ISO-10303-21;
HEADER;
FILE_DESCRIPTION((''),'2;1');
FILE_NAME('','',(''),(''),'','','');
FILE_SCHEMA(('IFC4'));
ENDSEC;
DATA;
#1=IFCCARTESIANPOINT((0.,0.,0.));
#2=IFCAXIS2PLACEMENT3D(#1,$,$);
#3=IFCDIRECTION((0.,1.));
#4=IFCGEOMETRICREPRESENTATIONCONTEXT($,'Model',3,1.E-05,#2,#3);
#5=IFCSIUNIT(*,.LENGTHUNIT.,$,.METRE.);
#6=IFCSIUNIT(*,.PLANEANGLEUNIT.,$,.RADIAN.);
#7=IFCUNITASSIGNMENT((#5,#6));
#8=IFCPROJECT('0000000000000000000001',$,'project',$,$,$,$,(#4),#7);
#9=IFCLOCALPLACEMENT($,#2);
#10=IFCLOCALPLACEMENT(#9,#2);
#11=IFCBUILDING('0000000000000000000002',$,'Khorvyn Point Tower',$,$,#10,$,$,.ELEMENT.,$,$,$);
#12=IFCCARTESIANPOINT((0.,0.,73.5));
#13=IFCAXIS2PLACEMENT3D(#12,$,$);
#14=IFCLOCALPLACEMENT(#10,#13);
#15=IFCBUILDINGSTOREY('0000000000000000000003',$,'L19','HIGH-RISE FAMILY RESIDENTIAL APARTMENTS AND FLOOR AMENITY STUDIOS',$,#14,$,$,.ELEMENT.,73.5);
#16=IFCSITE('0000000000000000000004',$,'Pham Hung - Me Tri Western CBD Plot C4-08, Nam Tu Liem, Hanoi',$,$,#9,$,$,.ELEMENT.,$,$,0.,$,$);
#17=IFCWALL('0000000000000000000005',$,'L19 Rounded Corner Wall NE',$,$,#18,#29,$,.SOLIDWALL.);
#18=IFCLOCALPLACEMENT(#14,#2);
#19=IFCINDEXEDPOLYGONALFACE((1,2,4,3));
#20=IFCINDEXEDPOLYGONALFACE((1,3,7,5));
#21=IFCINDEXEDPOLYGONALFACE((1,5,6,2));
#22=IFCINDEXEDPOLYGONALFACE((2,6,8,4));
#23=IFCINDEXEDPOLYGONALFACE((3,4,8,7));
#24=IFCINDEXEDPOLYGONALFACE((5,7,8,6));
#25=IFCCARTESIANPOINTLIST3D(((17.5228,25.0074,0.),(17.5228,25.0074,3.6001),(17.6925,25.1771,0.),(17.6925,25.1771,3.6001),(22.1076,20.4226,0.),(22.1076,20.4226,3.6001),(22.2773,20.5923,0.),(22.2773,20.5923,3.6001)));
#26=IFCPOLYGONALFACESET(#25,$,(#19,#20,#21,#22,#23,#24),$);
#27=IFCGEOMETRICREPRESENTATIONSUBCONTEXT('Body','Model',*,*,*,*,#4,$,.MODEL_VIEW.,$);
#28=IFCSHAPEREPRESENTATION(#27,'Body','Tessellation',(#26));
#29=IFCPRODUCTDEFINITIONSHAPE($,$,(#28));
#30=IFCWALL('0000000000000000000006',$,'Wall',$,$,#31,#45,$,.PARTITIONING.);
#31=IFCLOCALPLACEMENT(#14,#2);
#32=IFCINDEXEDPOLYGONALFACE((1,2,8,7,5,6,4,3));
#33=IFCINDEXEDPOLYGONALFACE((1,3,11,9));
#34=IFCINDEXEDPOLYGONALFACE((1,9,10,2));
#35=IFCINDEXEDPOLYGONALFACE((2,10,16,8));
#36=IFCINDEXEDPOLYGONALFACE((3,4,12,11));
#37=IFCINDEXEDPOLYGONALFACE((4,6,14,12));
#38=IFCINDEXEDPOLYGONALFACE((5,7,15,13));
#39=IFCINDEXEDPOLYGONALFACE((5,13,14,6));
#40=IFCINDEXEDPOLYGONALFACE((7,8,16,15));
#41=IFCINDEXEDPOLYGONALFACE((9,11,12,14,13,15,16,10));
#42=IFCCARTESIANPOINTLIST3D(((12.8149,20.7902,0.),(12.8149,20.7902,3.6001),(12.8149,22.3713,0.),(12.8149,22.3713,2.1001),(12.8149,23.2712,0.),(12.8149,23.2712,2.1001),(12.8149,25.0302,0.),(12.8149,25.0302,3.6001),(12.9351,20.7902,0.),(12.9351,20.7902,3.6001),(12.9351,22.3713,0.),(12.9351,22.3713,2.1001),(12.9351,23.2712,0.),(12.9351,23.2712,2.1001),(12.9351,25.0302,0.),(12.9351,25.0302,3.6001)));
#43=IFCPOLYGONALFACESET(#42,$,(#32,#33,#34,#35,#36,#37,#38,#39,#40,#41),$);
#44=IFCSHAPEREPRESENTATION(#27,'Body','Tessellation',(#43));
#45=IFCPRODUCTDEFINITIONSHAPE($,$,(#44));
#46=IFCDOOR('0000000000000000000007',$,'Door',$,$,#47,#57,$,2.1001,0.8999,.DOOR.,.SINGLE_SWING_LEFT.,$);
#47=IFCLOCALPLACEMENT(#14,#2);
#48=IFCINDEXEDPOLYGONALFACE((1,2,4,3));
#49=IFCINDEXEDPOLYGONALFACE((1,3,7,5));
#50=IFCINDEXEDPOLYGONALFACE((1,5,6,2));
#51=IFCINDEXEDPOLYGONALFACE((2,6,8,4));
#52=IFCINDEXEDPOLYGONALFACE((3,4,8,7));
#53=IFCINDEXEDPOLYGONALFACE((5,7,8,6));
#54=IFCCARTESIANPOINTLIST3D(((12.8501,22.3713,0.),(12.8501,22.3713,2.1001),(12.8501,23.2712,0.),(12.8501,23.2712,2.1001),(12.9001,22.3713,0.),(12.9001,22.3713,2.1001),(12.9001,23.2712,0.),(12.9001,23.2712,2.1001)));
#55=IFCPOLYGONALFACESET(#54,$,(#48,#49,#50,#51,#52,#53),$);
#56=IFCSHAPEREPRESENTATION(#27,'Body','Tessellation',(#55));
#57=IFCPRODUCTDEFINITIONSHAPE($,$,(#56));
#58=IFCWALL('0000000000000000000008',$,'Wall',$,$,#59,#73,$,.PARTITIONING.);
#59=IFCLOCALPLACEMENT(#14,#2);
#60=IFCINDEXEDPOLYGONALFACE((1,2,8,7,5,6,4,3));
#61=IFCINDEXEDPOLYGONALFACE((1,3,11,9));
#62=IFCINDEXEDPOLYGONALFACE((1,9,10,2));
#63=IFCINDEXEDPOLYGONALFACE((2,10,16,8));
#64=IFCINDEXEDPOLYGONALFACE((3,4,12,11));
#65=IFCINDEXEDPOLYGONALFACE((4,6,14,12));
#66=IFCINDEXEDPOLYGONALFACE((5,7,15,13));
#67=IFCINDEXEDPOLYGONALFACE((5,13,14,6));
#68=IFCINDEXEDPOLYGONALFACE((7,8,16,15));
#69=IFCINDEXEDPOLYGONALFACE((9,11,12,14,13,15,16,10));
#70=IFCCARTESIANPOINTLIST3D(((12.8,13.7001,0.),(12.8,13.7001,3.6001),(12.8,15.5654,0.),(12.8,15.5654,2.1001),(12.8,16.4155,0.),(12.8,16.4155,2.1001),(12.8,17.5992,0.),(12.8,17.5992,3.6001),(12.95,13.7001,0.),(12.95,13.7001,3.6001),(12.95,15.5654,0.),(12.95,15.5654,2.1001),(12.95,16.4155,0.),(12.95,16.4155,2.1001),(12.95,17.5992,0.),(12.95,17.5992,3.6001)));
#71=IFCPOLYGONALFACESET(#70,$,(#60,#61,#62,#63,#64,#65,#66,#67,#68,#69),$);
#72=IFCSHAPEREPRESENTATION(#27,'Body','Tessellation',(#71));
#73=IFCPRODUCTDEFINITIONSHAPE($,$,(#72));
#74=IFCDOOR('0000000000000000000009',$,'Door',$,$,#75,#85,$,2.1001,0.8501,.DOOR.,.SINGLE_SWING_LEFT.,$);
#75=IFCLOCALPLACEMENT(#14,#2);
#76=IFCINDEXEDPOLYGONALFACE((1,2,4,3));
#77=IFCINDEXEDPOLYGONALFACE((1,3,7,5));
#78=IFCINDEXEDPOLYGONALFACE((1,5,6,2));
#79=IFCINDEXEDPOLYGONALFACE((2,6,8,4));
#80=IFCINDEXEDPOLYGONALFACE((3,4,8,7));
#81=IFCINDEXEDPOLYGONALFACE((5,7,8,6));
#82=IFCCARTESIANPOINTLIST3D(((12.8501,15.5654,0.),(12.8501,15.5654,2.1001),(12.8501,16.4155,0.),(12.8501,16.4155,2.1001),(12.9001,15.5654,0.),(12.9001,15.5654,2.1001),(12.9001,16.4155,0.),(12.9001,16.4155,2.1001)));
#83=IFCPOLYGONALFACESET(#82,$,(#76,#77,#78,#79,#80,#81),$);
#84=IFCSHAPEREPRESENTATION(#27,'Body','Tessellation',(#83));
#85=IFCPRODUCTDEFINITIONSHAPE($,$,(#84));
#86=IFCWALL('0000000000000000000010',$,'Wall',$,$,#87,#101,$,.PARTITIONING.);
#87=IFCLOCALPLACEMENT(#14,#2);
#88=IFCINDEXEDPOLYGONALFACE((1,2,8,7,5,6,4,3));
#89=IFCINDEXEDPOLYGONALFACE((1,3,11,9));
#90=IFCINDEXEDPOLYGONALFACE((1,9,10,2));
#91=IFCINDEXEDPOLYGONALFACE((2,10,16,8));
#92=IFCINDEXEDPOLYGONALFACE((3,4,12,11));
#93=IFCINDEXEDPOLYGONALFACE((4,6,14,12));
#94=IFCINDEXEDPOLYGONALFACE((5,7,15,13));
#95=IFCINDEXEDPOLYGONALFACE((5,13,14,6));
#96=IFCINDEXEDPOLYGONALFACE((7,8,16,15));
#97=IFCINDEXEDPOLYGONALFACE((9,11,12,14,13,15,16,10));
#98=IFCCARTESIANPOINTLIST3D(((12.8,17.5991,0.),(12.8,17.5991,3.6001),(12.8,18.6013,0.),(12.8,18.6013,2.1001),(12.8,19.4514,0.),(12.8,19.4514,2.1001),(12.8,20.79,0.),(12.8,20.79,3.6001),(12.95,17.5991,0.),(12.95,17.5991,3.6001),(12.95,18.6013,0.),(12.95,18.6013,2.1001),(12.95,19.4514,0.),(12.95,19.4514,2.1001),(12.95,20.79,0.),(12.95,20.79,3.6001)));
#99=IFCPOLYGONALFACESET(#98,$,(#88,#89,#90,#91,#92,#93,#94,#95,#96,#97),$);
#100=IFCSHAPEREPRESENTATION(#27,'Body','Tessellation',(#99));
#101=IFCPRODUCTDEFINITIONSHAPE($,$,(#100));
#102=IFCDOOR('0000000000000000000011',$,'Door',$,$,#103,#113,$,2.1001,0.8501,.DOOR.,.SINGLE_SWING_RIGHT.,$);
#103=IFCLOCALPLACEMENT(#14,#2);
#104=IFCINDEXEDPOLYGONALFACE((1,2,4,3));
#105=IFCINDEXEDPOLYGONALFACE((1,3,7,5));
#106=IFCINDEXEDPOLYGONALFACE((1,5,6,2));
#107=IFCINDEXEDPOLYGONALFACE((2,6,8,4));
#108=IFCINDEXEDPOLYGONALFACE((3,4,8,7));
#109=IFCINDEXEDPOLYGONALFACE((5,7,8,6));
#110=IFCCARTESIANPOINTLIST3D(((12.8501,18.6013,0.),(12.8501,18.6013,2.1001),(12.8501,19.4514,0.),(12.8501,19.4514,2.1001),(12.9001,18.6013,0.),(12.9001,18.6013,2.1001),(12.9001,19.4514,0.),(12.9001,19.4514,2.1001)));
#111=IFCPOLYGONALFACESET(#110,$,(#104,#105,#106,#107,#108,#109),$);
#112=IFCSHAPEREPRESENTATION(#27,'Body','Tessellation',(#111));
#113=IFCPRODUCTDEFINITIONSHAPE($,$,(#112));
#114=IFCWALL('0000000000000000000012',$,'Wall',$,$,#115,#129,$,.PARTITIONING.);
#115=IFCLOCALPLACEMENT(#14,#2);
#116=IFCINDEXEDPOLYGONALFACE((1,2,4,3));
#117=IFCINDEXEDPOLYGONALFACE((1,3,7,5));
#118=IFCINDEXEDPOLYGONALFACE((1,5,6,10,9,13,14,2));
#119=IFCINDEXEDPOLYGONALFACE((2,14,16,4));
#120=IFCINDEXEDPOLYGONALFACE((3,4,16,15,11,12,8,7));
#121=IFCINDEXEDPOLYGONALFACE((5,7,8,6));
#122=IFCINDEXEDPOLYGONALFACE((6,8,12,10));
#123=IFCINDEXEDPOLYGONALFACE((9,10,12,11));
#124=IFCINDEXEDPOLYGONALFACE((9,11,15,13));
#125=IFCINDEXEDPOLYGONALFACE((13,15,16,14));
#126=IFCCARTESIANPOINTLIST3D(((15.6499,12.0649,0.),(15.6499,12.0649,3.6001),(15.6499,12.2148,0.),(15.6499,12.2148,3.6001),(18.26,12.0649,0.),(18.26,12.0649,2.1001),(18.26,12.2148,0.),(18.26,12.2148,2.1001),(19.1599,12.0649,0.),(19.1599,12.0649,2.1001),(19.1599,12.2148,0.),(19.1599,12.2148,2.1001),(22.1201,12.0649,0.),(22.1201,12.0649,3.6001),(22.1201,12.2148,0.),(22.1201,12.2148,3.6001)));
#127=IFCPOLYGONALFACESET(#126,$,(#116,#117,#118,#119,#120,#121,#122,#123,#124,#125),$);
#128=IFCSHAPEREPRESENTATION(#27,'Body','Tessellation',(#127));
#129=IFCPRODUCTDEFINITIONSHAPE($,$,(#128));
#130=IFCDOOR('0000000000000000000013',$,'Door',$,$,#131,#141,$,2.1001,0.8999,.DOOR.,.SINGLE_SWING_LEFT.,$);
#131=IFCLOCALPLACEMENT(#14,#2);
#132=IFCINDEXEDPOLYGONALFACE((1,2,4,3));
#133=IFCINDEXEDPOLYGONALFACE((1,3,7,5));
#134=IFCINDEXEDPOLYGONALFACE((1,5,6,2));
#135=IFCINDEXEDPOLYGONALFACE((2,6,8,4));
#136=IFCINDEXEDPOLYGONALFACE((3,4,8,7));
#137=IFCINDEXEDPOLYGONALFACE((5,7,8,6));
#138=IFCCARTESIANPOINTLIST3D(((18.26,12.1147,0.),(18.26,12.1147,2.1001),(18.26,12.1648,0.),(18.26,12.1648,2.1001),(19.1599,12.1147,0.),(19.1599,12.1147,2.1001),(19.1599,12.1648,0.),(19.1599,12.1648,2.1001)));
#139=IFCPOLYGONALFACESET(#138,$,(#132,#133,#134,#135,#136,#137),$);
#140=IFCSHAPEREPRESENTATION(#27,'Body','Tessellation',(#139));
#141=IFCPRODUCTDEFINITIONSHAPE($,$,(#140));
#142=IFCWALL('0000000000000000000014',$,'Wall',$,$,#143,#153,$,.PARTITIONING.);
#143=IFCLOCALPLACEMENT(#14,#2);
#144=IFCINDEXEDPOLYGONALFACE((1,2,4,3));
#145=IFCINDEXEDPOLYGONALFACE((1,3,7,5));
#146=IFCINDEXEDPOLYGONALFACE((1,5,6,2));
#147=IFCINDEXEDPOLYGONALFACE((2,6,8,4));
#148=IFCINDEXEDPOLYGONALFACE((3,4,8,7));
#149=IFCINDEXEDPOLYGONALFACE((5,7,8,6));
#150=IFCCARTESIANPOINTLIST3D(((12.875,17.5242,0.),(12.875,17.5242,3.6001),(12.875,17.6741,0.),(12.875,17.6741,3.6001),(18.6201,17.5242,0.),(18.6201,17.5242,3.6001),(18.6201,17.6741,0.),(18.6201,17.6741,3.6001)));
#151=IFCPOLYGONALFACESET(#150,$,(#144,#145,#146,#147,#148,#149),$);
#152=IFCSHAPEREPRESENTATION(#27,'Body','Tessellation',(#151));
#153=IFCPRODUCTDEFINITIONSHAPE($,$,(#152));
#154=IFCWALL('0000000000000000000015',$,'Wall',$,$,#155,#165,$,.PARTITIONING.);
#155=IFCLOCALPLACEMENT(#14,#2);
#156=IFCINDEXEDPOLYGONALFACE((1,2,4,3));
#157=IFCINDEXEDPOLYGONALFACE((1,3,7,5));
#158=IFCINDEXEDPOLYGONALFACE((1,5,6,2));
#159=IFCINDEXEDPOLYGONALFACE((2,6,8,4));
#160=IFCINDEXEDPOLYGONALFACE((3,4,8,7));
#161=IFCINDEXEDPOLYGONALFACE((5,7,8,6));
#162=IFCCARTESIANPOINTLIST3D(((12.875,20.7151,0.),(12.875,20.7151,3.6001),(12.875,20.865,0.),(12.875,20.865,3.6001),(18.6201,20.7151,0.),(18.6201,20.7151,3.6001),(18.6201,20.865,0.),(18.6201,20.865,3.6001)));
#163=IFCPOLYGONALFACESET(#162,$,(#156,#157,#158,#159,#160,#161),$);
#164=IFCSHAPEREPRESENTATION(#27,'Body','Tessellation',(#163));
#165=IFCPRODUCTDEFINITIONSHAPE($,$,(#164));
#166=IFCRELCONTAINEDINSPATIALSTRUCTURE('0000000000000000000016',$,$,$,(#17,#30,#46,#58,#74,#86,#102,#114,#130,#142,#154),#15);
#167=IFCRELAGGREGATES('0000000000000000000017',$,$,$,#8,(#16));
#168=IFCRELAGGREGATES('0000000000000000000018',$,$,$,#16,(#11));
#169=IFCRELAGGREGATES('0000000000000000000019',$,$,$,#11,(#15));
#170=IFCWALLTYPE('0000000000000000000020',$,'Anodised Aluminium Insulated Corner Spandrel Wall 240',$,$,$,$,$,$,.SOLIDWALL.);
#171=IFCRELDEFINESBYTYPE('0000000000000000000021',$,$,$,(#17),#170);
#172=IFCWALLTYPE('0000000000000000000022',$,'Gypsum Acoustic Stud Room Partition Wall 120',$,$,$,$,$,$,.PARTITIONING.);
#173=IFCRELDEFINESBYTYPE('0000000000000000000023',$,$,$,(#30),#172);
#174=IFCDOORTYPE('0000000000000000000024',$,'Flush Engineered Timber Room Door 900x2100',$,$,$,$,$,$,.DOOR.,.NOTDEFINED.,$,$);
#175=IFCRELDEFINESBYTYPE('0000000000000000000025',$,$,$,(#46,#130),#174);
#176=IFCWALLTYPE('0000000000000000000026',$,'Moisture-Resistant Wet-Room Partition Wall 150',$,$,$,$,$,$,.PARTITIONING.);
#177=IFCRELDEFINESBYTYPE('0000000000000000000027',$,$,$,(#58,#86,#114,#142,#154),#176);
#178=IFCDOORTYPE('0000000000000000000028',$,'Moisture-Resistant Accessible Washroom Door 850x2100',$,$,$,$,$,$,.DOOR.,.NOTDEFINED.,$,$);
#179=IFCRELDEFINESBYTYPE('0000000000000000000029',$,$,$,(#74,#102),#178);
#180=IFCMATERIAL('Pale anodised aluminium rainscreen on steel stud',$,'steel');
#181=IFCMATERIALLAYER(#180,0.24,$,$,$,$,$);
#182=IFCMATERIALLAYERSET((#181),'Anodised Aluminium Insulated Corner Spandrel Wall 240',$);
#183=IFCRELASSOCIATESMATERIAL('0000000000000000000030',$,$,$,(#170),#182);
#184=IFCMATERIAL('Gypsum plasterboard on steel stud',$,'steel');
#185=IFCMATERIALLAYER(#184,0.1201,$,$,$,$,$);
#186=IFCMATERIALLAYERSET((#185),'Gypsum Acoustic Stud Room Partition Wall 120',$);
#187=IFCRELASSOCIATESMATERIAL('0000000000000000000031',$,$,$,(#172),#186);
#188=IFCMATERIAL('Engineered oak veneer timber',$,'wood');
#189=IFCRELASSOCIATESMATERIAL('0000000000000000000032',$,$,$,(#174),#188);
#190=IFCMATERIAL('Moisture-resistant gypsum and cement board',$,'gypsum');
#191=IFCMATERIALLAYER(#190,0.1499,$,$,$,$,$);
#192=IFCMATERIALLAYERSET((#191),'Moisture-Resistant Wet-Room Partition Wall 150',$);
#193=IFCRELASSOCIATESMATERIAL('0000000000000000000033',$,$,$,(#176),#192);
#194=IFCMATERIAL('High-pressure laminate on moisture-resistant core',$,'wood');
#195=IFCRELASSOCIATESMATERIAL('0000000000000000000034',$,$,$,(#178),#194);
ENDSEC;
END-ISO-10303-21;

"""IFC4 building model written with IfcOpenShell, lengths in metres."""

from ifc_helpers import new_model, si_unit, direction, frame, frame_2d, origin, place, context, subcontext, project, spatial, rectangle, extrude, material, layer, layer_set, type_object, element, fill, save


model = new_model("IFC4")

# Units and contexts
model_context = context("Model", 3, precision=1e-05, world=origin(), true_north=direction((0.0, 1.0)))
body_context = subcontext(model_context, "Body", "Model", "MODEL_VIEW")
ifc_project = project(units=[si_unit("LENGTHUNIT", "METRE"), si_unit("PLANEANGLEUNIT", "RADIAN")], contexts=[model_context])

# Site, building, storey
site_placement = place(None, origin())
site = spatial("IfcSite", under=ifc_project, at=site_placement, Name="Pham Hung - Me Tri Western CBD Plot C4-08, Nam Tu Liem, Hanoi", CompositionType="ELEMENT", RefElevation=0.0)
building_placement = place(site_placement, origin())
building = spatial("IfcBuilding", under=site, at=building_placement, Name="Khorvyn Point Tower", CompositionType="ELEMENT")
storey_placement = place(building_placement, frame((0.0, 0.0, 73.5)))
storey = spatial("IfcBuildingStorey", under=building, at=storey_placement, Name="L19", Description="HIGH-RISE FAMILY RESIDENTIAL APARTMENTS AND FLOOR AMENITY STUDIOS", CompositionType="ELEMENT", Elevation=73.5)

# Wall
ifc_material_1 = material(Name="Pale anodised aluminium rainscreen on steel stud", Category="steel")
ifc_layer_1 = layer(ifc_material_1, 0.24)
ifc_layer_set_1 = layer_set([ifc_layer_1], Name="Anodised Aluminium Insulated Corner Spandrel Wall 240")
wall_type_1 = type_object("IfcWallType", Name="Anodised Aluminium Insulated Corner Spandrel Wall 240", PredefinedType="SOLIDWALL", material=ifc_layer_set_1)
wall_1_placement = place(storey_placement, frame((17.6077, 25.0923, 0.0), z_axis=(0.0, 0.0, 1.0), x_axis=(0.707107, -0.707107, 0.0)))
element("IfcWall", 1, at=wall_1_placement, inside=storey, type_object=wall_type_1, Name="L19 Rounded Corner Wall NE", PredefinedType="SOLIDWALL", context=body_context, shape_type="SweptSolid", body=[
    extrude(rectangle(XDim=6.4839, YDim=0.24, at=frame_2d((3.2419, 0.0))), origin(), (0.0, 0.0, 1.0), 3.6001),
])

# Walls, openings, doors
ifc_material_2 = material(Name="Gypsum plasterboard on steel stud", Category="steel")
ifc_layer_2 = layer(ifc_material_2, 0.1201)
ifc_layer_set_2 = layer_set([ifc_layer_2], Name="Gypsum Acoustic Stud Room Partition Wall 120")
wall_type_2 = type_object("IfcWallType", Name="Gypsum Acoustic Stud Room Partition Wall 120", PredefinedType="PARTITIONING", material=ifc_layer_set_2)
wall_2_placement = place(storey_placement, frame((12.875, 20.79, 0.0), z_axis=(0.0, 0.0, 1.0), x_axis=(0.0, 1.0, 0.0)))
wall_2 = element("IfcWall", 2, at=wall_2_placement, inside=storey, type_object=wall_type_2, Name="Wall", PredefinedType="PARTITIONING", context=body_context, shape_type="SweptSolid", body=[
    extrude(rectangle(XDim=4.24, YDim=0.1201, at=frame_2d((2.1201, 0.0))), origin(), (0.0, 0.0, 1.0), 3.6001),
])
opening_1_placement = place(wall_2_placement, frame((1.5813, 0.0, 0.0)))
opening_1 = element("IfcOpeningElement", 3, at=opening_1_placement, cuts=wall_2, PredefinedType="OPENING", context=body_context, shape_type="SweptSolid", body=[
    extrude(rectangle(XDim=0.8999, YDim=2.1001, at=frame_2d((0.45, 1.05))), frame((0.0, 0.0701, 0.0), z_axis=(0.0, -1.0, 0.0), x_axis=(1.0, 0.0, 0.0)), (0.0, 0.0, 1.0), 0.1401),
])
ifc_material_3 = material(Name="Engineered oak veneer timber", Category="wood")
door_type_1 = type_object("IfcDoorType", Name="Flush Engineered Timber Room Door 900x2100", OperationType="NOTDEFINED", PredefinedType="DOOR", material=ifc_material_3)
door_1_placement = place(opening_1_placement, origin())
door_1 = element("IfcDoor", 4, at=door_1_placement, inside=storey, type_object=door_type_1, Name="Door", OperationType="SINGLE_SWING_LEFT", OverallHeight=2.1001, OverallWidth=0.8999, PredefinedType="DOOR", context=body_context, shape_type="SweptSolid", body=[
    extrude(rectangle(XDim=0.8999, YDim=2.1001, at=frame_2d((0.45, 1.05))), frame((0.0, 0.0249, 0.0), z_axis=(0.0, -1.0, 0.0), x_axis=(1.0, 0.0, 0.0)), (0.0, 0.0, 1.0), 0.05),
])
fill(opening_1, door_1)
ifc_material_4 = material(Name="Moisture-resistant gypsum and cement board", Category="gypsum")
ifc_layer_3 = layer(ifc_material_4, 0.1499)
ifc_layer_set_3 = layer_set([ifc_layer_3], Name="Moisture-Resistant Wet-Room Partition Wall 150")
wall_type_3 = type_object("IfcWallType", Name="Moisture-Resistant Wet-Room Partition Wall 150", PredefinedType="PARTITIONING", material=ifc_layer_set_3)
wall_3_placement = place(storey_placement, frame((12.875, 13.7, 0.0), z_axis=(0.0, 0.0, 1.0), x_axis=(0.0, 1.0, 0.0)))
wall_3 = element("IfcWall", 5, at=wall_3_placement, inside=storey, type_object=wall_type_3, Name="Wall", PredefinedType="PARTITIONING", context=body_context, shape_type="SweptSolid", body=[
    extrude(rectangle(XDim=3.8992, YDim=0.1499, at=frame_2d((1.9497, 0.0))), origin(), (0.0, 0.0, 1.0), 3.6001),
])
opening_2_placement = place(wall_3_placement, frame((1.8655, 0.0, 0.0)))
opening_2 = element("IfcOpeningElement", 6, at=opening_2_placement, cuts=wall_3, PredefinedType="OPENING", context=body_context, shape_type="SweptSolid", body=[
    extrude(rectangle(XDim=0.8501, YDim=2.1001, at=frame_2d((0.425, 1.05))), frame((0.0, 0.085, 0.0), z_axis=(0.0, -1.0, 0.0), x_axis=(1.0, 0.0, 0.0)), (0.0, 0.0, 1.0), 0.1699),
])
ifc_material_5 = material(Name="High-pressure laminate on moisture-resistant core", Category="wood")
door_type_2 = type_object("IfcDoorType", Name="Moisture-Resistant Accessible Washroom Door 850x2100", OperationType="NOTDEFINED", PredefinedType="DOOR", material=ifc_material_5)
door_2_placement = place(opening_2_placement, origin())
door_2 = element("IfcDoor", 7, at=door_2_placement, inside=storey, type_object=door_type_2, Name="Door", OperationType="SINGLE_SWING_LEFT", OverallHeight=2.1001, OverallWidth=0.8501, PredefinedType="DOOR", context=body_context, shape_type="SweptSolid", body=[
    extrude(rectangle(XDim=0.8501, YDim=2.1001, at=frame_2d((0.425, 1.05))), frame((0.0, 0.0249, 0.0), z_axis=(0.0, -1.0, 0.0), x_axis=(1.0, 0.0, 0.0)), (0.0, 0.0, 1.0), 0.05),
])
fill(opening_2, door_2)
wall_4_placement = place(storey_placement, frame((12.875, 17.5991, 0.0), z_axis=(0.0, 0.0, 1.0), x_axis=(0.0, 1.0, 0.0)))
wall_4 = element("IfcWall", 8, at=wall_4_placement, inside=storey, type_object=wall_type_3, Name="Wall", PredefinedType="PARTITIONING", context=body_context, shape_type="SweptSolid", body=[
    extrude(rectangle(XDim=3.1909, YDim=0.1499, at=frame_2d((1.5955, 0.0))), origin(), (0.0, 0.0, 1.0), 3.6001),
])
opening_3_placement = place(wall_4_placement, frame((1.0022, 0.0, 0.0)))
opening_3 = element("IfcOpeningElement", 9, at=opening_3_placement, cuts=wall_4, PredefinedType="OPENING", context=body_context, shape_type="SweptSolid", body=[
    extrude(rectangle(XDim=0.8501, YDim=2.1001, at=frame_2d((0.425, 1.05))), frame((0.0, 0.085, 0.0), z_axis=(0.0, -1.0, 0.0), x_axis=(1.0, 0.0, 0.0)), (0.0, 0.0, 1.0), 0.1699),
])
door_3_placement = place(opening_3_placement, origin())
door_3 = element("IfcDoor", 10, at=door_3_placement, inside=storey, type_object=door_type_2, Name="Door", OperationType="SINGLE_SWING_RIGHT", OverallHeight=2.1001, OverallWidth=0.8501, PredefinedType="DOOR", context=body_context, shape_type="SweptSolid", body=[
    extrude(rectangle(XDim=0.8501, YDim=2.1001, at=frame_2d((0.425, 1.05))), frame((0.0, 0.0249, 0.0), z_axis=(0.0, -1.0, 0.0), x_axis=(1.0, 0.0, 0.0)), (0.0, 0.0, 1.0), 0.05),
])
fill(opening_3, door_3)
wall_5_placement = place(storey_placement, frame((15.6499, 12.1399, 0.0), z_axis=(0.0, 0.0, 1.0), x_axis=(1.0, 0.0, 0.0)))
wall_5 = element("IfcWall", 11, at=wall_5_placement, inside=storey, type_object=wall_type_3, Name="Wall", PredefinedType="PARTITIONING", context=body_context, shape_type="SweptSolid", body=[
    extrude(rectangle(XDim=6.4702, YDim=0.1499, at=frame_2d((3.2351, 0.0))), origin(), (0.0, 0.0, 1.0), 3.6001),
])
opening_4_placement = place(wall_5_placement, frame((2.6101, 0.0, 0.0)))
opening_4 = element("IfcOpeningElement", 12, at=opening_4_placement, cuts=wall_5, PredefinedType="OPENING", context=body_context, shape_type="SweptSolid", body=[
    extrude(rectangle(XDim=0.8999, YDim=2.1001, at=frame_2d((0.45, 1.05))), frame((0.0, 0.085, 0.0), z_axis=(0.0, -1.0, 0.0), x_axis=(1.0, 0.0, 0.0)), (0.0, 0.0, 1.0), 0.1699),
])
door_4_placement = place(opening_4_placement, origin())
door_4 = element("IfcDoor", 13, at=door_4_placement, inside=storey, type_object=door_type_1, Name="Door", OperationType="SINGLE_SWING_LEFT", OverallHeight=2.1001, OverallWidth=0.8999, PredefinedType="DOOR", context=body_context, shape_type="SweptSolid", body=[
    extrude(rectangle(XDim=0.8999, YDim=2.1001, at=frame_2d((0.45, 1.05))), frame((0.0, 0.0249, 0.0), z_axis=(0.0, -1.0, 0.0), x_axis=(1.0, 0.0, 0.0)), (0.0, 0.0, 1.0), 0.05),
])
fill(opening_4, door_4)

# Walls
for number, where, z_axis, x_axis, name in (
    (14, (12.875, 17.5991, 0.0), (0.0, 0.0, 1.0), (1.0, 0.0, 0.0), "Wall"),
    (15, (12.875, 20.79, 0.0), (0.0, 0.0, 1.0), (1.0, 0.0, 0.0), "Wall"),
):
    element("IfcWall", number, at=place(storey_placement, frame(where, z_axis=z_axis, x_axis=x_axis)), inside=storey, type_object=wall_type_3, Name=name, PredefinedType="PARTITIONING", context=body_context, shape_type="SweptSolid", body=[
        extrude(rectangle(XDim=5.7451, YDim=0.1499, at=frame_2d((2.8726, 0.0))), origin(), (0.0, 0.0, 1.0), 3.6001),
    ])

save(model, "model.ifc")
